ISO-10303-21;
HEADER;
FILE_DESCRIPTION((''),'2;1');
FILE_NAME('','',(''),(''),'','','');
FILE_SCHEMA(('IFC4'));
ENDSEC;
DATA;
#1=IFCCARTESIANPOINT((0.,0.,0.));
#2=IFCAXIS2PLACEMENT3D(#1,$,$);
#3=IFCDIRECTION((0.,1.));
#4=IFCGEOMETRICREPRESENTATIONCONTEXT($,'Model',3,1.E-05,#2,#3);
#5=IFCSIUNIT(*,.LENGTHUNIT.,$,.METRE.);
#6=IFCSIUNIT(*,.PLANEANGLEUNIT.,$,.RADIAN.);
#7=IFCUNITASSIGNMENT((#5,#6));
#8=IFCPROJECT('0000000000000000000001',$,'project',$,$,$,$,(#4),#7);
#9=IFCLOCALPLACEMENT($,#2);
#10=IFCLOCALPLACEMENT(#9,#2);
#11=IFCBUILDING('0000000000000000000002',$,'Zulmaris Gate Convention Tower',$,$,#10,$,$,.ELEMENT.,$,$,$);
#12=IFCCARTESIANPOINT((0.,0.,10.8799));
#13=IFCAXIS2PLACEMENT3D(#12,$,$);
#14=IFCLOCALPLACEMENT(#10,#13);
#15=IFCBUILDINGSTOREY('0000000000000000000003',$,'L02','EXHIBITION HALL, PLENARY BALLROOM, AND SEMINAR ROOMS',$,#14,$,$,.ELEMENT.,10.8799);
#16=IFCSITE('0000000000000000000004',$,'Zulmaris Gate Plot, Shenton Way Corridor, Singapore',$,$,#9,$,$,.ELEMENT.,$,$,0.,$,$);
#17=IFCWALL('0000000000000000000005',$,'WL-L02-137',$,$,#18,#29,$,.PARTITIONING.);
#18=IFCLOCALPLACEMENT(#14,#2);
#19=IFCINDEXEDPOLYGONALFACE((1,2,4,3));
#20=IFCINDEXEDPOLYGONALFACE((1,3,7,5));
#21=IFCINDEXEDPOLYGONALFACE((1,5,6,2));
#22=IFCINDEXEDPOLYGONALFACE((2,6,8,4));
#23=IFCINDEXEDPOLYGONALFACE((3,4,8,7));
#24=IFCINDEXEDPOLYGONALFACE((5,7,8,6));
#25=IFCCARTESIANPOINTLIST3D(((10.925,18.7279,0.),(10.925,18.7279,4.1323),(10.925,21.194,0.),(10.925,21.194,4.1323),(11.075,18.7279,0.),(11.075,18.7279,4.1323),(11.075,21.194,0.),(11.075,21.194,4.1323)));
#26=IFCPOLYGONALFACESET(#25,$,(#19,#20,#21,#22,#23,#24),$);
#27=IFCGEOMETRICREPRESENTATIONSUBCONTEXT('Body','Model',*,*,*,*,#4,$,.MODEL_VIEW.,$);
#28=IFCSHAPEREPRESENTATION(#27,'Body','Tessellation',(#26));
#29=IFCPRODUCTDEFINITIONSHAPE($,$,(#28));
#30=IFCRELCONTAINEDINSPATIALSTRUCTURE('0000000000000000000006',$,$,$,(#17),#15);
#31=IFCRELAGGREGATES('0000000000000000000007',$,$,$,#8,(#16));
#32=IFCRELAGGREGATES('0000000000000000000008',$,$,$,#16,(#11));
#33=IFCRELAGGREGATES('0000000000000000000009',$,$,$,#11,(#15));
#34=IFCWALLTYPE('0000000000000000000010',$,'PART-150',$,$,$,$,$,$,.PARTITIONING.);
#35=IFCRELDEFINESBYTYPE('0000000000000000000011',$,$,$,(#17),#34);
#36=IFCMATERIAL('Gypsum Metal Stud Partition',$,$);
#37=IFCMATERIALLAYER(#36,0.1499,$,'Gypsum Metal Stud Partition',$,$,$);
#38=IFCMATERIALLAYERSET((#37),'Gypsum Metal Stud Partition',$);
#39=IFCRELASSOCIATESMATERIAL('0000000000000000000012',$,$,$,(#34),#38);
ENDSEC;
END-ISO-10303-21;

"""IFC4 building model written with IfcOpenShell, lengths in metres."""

from ifc_helpers import new_model, si_unit, direction, frame, frame_2d, origin, place, context, subcontext, project, spatial, rectangle, extrude, material, layer, layer_set, type_object, element, save


model = new_model("IFC4")

# Units and contexts
model_context = context("Model", 3, precision=1e-05, world=origin(), true_north=direction((0.0, 1.0)))
body_context = subcontext(model_context, "Body", "Model", "MODEL_VIEW")
ifc_project = project(units=[si_unit("LENGTHUNIT", "METRE"), si_unit("PLANEANGLEUNIT", "RADIAN")], contexts=[model_context])

# Site, building, storey
site_placement = place(None, origin())
site = spatial("IfcSite", under=ifc_project, at=site_placement, Name="Zulmaris Gate Plot, Shenton Way Corridor, Singapore", CompositionType="ELEMENT", RefElevation=0.0)
building_placement = place(site_placement, origin())
building = spatial("IfcBuilding", under=site, at=building_placement, Name="Zulmaris Gate Convention Tower", CompositionType="ELEMENT")
storey_placement = place(building_placement, frame((0.0, 0.0, 10.8799)))
storey = spatial("IfcBuildingStorey", under=building, at=storey_placement, Name="L02", Description="EXHIBITION HALL, PLENARY BALLROOM, AND SEMINAR ROOMS", CompositionType="ELEMENT", Elevation=10.8799)

# Shared definitions
ifc_material_1 = material(Name="Gypsum Metal Stud Partition")
ifc_layer_1 = layer(ifc_material_1, 0.1499, Name="Gypsum Metal Stud Partition")
ifc_layer_set_1 = layer_set([ifc_layer_1], Name="Gypsum Metal Stud Partition")
wall_type = type_object("IfcWallType", Name="PART-150", PredefinedType="PARTITIONING", material=ifc_layer_set_1)

# Wall
wall_1_placement = place(storey_placement, frame((11.0, 18.728, 0.0), z_axis=(0.0, 0.0, 1.0), x_axis=(0.0, 1.0, 0.0)))
element("IfcWall", 1, at=wall_1_placement, inside=storey, type_object=wall_type, Name="WL-L02-137", PredefinedType="PARTITIONING", context=body_context, shape_type="SweptSolid", body=[
    extrude(rectangle(XDim=2.4661, YDim=0.1499, at=frame_2d((1.2329, 0.0))), origin(), (0.0, 0.0, 1.0), 4.1323),
])

save(model, "model.ifc")
